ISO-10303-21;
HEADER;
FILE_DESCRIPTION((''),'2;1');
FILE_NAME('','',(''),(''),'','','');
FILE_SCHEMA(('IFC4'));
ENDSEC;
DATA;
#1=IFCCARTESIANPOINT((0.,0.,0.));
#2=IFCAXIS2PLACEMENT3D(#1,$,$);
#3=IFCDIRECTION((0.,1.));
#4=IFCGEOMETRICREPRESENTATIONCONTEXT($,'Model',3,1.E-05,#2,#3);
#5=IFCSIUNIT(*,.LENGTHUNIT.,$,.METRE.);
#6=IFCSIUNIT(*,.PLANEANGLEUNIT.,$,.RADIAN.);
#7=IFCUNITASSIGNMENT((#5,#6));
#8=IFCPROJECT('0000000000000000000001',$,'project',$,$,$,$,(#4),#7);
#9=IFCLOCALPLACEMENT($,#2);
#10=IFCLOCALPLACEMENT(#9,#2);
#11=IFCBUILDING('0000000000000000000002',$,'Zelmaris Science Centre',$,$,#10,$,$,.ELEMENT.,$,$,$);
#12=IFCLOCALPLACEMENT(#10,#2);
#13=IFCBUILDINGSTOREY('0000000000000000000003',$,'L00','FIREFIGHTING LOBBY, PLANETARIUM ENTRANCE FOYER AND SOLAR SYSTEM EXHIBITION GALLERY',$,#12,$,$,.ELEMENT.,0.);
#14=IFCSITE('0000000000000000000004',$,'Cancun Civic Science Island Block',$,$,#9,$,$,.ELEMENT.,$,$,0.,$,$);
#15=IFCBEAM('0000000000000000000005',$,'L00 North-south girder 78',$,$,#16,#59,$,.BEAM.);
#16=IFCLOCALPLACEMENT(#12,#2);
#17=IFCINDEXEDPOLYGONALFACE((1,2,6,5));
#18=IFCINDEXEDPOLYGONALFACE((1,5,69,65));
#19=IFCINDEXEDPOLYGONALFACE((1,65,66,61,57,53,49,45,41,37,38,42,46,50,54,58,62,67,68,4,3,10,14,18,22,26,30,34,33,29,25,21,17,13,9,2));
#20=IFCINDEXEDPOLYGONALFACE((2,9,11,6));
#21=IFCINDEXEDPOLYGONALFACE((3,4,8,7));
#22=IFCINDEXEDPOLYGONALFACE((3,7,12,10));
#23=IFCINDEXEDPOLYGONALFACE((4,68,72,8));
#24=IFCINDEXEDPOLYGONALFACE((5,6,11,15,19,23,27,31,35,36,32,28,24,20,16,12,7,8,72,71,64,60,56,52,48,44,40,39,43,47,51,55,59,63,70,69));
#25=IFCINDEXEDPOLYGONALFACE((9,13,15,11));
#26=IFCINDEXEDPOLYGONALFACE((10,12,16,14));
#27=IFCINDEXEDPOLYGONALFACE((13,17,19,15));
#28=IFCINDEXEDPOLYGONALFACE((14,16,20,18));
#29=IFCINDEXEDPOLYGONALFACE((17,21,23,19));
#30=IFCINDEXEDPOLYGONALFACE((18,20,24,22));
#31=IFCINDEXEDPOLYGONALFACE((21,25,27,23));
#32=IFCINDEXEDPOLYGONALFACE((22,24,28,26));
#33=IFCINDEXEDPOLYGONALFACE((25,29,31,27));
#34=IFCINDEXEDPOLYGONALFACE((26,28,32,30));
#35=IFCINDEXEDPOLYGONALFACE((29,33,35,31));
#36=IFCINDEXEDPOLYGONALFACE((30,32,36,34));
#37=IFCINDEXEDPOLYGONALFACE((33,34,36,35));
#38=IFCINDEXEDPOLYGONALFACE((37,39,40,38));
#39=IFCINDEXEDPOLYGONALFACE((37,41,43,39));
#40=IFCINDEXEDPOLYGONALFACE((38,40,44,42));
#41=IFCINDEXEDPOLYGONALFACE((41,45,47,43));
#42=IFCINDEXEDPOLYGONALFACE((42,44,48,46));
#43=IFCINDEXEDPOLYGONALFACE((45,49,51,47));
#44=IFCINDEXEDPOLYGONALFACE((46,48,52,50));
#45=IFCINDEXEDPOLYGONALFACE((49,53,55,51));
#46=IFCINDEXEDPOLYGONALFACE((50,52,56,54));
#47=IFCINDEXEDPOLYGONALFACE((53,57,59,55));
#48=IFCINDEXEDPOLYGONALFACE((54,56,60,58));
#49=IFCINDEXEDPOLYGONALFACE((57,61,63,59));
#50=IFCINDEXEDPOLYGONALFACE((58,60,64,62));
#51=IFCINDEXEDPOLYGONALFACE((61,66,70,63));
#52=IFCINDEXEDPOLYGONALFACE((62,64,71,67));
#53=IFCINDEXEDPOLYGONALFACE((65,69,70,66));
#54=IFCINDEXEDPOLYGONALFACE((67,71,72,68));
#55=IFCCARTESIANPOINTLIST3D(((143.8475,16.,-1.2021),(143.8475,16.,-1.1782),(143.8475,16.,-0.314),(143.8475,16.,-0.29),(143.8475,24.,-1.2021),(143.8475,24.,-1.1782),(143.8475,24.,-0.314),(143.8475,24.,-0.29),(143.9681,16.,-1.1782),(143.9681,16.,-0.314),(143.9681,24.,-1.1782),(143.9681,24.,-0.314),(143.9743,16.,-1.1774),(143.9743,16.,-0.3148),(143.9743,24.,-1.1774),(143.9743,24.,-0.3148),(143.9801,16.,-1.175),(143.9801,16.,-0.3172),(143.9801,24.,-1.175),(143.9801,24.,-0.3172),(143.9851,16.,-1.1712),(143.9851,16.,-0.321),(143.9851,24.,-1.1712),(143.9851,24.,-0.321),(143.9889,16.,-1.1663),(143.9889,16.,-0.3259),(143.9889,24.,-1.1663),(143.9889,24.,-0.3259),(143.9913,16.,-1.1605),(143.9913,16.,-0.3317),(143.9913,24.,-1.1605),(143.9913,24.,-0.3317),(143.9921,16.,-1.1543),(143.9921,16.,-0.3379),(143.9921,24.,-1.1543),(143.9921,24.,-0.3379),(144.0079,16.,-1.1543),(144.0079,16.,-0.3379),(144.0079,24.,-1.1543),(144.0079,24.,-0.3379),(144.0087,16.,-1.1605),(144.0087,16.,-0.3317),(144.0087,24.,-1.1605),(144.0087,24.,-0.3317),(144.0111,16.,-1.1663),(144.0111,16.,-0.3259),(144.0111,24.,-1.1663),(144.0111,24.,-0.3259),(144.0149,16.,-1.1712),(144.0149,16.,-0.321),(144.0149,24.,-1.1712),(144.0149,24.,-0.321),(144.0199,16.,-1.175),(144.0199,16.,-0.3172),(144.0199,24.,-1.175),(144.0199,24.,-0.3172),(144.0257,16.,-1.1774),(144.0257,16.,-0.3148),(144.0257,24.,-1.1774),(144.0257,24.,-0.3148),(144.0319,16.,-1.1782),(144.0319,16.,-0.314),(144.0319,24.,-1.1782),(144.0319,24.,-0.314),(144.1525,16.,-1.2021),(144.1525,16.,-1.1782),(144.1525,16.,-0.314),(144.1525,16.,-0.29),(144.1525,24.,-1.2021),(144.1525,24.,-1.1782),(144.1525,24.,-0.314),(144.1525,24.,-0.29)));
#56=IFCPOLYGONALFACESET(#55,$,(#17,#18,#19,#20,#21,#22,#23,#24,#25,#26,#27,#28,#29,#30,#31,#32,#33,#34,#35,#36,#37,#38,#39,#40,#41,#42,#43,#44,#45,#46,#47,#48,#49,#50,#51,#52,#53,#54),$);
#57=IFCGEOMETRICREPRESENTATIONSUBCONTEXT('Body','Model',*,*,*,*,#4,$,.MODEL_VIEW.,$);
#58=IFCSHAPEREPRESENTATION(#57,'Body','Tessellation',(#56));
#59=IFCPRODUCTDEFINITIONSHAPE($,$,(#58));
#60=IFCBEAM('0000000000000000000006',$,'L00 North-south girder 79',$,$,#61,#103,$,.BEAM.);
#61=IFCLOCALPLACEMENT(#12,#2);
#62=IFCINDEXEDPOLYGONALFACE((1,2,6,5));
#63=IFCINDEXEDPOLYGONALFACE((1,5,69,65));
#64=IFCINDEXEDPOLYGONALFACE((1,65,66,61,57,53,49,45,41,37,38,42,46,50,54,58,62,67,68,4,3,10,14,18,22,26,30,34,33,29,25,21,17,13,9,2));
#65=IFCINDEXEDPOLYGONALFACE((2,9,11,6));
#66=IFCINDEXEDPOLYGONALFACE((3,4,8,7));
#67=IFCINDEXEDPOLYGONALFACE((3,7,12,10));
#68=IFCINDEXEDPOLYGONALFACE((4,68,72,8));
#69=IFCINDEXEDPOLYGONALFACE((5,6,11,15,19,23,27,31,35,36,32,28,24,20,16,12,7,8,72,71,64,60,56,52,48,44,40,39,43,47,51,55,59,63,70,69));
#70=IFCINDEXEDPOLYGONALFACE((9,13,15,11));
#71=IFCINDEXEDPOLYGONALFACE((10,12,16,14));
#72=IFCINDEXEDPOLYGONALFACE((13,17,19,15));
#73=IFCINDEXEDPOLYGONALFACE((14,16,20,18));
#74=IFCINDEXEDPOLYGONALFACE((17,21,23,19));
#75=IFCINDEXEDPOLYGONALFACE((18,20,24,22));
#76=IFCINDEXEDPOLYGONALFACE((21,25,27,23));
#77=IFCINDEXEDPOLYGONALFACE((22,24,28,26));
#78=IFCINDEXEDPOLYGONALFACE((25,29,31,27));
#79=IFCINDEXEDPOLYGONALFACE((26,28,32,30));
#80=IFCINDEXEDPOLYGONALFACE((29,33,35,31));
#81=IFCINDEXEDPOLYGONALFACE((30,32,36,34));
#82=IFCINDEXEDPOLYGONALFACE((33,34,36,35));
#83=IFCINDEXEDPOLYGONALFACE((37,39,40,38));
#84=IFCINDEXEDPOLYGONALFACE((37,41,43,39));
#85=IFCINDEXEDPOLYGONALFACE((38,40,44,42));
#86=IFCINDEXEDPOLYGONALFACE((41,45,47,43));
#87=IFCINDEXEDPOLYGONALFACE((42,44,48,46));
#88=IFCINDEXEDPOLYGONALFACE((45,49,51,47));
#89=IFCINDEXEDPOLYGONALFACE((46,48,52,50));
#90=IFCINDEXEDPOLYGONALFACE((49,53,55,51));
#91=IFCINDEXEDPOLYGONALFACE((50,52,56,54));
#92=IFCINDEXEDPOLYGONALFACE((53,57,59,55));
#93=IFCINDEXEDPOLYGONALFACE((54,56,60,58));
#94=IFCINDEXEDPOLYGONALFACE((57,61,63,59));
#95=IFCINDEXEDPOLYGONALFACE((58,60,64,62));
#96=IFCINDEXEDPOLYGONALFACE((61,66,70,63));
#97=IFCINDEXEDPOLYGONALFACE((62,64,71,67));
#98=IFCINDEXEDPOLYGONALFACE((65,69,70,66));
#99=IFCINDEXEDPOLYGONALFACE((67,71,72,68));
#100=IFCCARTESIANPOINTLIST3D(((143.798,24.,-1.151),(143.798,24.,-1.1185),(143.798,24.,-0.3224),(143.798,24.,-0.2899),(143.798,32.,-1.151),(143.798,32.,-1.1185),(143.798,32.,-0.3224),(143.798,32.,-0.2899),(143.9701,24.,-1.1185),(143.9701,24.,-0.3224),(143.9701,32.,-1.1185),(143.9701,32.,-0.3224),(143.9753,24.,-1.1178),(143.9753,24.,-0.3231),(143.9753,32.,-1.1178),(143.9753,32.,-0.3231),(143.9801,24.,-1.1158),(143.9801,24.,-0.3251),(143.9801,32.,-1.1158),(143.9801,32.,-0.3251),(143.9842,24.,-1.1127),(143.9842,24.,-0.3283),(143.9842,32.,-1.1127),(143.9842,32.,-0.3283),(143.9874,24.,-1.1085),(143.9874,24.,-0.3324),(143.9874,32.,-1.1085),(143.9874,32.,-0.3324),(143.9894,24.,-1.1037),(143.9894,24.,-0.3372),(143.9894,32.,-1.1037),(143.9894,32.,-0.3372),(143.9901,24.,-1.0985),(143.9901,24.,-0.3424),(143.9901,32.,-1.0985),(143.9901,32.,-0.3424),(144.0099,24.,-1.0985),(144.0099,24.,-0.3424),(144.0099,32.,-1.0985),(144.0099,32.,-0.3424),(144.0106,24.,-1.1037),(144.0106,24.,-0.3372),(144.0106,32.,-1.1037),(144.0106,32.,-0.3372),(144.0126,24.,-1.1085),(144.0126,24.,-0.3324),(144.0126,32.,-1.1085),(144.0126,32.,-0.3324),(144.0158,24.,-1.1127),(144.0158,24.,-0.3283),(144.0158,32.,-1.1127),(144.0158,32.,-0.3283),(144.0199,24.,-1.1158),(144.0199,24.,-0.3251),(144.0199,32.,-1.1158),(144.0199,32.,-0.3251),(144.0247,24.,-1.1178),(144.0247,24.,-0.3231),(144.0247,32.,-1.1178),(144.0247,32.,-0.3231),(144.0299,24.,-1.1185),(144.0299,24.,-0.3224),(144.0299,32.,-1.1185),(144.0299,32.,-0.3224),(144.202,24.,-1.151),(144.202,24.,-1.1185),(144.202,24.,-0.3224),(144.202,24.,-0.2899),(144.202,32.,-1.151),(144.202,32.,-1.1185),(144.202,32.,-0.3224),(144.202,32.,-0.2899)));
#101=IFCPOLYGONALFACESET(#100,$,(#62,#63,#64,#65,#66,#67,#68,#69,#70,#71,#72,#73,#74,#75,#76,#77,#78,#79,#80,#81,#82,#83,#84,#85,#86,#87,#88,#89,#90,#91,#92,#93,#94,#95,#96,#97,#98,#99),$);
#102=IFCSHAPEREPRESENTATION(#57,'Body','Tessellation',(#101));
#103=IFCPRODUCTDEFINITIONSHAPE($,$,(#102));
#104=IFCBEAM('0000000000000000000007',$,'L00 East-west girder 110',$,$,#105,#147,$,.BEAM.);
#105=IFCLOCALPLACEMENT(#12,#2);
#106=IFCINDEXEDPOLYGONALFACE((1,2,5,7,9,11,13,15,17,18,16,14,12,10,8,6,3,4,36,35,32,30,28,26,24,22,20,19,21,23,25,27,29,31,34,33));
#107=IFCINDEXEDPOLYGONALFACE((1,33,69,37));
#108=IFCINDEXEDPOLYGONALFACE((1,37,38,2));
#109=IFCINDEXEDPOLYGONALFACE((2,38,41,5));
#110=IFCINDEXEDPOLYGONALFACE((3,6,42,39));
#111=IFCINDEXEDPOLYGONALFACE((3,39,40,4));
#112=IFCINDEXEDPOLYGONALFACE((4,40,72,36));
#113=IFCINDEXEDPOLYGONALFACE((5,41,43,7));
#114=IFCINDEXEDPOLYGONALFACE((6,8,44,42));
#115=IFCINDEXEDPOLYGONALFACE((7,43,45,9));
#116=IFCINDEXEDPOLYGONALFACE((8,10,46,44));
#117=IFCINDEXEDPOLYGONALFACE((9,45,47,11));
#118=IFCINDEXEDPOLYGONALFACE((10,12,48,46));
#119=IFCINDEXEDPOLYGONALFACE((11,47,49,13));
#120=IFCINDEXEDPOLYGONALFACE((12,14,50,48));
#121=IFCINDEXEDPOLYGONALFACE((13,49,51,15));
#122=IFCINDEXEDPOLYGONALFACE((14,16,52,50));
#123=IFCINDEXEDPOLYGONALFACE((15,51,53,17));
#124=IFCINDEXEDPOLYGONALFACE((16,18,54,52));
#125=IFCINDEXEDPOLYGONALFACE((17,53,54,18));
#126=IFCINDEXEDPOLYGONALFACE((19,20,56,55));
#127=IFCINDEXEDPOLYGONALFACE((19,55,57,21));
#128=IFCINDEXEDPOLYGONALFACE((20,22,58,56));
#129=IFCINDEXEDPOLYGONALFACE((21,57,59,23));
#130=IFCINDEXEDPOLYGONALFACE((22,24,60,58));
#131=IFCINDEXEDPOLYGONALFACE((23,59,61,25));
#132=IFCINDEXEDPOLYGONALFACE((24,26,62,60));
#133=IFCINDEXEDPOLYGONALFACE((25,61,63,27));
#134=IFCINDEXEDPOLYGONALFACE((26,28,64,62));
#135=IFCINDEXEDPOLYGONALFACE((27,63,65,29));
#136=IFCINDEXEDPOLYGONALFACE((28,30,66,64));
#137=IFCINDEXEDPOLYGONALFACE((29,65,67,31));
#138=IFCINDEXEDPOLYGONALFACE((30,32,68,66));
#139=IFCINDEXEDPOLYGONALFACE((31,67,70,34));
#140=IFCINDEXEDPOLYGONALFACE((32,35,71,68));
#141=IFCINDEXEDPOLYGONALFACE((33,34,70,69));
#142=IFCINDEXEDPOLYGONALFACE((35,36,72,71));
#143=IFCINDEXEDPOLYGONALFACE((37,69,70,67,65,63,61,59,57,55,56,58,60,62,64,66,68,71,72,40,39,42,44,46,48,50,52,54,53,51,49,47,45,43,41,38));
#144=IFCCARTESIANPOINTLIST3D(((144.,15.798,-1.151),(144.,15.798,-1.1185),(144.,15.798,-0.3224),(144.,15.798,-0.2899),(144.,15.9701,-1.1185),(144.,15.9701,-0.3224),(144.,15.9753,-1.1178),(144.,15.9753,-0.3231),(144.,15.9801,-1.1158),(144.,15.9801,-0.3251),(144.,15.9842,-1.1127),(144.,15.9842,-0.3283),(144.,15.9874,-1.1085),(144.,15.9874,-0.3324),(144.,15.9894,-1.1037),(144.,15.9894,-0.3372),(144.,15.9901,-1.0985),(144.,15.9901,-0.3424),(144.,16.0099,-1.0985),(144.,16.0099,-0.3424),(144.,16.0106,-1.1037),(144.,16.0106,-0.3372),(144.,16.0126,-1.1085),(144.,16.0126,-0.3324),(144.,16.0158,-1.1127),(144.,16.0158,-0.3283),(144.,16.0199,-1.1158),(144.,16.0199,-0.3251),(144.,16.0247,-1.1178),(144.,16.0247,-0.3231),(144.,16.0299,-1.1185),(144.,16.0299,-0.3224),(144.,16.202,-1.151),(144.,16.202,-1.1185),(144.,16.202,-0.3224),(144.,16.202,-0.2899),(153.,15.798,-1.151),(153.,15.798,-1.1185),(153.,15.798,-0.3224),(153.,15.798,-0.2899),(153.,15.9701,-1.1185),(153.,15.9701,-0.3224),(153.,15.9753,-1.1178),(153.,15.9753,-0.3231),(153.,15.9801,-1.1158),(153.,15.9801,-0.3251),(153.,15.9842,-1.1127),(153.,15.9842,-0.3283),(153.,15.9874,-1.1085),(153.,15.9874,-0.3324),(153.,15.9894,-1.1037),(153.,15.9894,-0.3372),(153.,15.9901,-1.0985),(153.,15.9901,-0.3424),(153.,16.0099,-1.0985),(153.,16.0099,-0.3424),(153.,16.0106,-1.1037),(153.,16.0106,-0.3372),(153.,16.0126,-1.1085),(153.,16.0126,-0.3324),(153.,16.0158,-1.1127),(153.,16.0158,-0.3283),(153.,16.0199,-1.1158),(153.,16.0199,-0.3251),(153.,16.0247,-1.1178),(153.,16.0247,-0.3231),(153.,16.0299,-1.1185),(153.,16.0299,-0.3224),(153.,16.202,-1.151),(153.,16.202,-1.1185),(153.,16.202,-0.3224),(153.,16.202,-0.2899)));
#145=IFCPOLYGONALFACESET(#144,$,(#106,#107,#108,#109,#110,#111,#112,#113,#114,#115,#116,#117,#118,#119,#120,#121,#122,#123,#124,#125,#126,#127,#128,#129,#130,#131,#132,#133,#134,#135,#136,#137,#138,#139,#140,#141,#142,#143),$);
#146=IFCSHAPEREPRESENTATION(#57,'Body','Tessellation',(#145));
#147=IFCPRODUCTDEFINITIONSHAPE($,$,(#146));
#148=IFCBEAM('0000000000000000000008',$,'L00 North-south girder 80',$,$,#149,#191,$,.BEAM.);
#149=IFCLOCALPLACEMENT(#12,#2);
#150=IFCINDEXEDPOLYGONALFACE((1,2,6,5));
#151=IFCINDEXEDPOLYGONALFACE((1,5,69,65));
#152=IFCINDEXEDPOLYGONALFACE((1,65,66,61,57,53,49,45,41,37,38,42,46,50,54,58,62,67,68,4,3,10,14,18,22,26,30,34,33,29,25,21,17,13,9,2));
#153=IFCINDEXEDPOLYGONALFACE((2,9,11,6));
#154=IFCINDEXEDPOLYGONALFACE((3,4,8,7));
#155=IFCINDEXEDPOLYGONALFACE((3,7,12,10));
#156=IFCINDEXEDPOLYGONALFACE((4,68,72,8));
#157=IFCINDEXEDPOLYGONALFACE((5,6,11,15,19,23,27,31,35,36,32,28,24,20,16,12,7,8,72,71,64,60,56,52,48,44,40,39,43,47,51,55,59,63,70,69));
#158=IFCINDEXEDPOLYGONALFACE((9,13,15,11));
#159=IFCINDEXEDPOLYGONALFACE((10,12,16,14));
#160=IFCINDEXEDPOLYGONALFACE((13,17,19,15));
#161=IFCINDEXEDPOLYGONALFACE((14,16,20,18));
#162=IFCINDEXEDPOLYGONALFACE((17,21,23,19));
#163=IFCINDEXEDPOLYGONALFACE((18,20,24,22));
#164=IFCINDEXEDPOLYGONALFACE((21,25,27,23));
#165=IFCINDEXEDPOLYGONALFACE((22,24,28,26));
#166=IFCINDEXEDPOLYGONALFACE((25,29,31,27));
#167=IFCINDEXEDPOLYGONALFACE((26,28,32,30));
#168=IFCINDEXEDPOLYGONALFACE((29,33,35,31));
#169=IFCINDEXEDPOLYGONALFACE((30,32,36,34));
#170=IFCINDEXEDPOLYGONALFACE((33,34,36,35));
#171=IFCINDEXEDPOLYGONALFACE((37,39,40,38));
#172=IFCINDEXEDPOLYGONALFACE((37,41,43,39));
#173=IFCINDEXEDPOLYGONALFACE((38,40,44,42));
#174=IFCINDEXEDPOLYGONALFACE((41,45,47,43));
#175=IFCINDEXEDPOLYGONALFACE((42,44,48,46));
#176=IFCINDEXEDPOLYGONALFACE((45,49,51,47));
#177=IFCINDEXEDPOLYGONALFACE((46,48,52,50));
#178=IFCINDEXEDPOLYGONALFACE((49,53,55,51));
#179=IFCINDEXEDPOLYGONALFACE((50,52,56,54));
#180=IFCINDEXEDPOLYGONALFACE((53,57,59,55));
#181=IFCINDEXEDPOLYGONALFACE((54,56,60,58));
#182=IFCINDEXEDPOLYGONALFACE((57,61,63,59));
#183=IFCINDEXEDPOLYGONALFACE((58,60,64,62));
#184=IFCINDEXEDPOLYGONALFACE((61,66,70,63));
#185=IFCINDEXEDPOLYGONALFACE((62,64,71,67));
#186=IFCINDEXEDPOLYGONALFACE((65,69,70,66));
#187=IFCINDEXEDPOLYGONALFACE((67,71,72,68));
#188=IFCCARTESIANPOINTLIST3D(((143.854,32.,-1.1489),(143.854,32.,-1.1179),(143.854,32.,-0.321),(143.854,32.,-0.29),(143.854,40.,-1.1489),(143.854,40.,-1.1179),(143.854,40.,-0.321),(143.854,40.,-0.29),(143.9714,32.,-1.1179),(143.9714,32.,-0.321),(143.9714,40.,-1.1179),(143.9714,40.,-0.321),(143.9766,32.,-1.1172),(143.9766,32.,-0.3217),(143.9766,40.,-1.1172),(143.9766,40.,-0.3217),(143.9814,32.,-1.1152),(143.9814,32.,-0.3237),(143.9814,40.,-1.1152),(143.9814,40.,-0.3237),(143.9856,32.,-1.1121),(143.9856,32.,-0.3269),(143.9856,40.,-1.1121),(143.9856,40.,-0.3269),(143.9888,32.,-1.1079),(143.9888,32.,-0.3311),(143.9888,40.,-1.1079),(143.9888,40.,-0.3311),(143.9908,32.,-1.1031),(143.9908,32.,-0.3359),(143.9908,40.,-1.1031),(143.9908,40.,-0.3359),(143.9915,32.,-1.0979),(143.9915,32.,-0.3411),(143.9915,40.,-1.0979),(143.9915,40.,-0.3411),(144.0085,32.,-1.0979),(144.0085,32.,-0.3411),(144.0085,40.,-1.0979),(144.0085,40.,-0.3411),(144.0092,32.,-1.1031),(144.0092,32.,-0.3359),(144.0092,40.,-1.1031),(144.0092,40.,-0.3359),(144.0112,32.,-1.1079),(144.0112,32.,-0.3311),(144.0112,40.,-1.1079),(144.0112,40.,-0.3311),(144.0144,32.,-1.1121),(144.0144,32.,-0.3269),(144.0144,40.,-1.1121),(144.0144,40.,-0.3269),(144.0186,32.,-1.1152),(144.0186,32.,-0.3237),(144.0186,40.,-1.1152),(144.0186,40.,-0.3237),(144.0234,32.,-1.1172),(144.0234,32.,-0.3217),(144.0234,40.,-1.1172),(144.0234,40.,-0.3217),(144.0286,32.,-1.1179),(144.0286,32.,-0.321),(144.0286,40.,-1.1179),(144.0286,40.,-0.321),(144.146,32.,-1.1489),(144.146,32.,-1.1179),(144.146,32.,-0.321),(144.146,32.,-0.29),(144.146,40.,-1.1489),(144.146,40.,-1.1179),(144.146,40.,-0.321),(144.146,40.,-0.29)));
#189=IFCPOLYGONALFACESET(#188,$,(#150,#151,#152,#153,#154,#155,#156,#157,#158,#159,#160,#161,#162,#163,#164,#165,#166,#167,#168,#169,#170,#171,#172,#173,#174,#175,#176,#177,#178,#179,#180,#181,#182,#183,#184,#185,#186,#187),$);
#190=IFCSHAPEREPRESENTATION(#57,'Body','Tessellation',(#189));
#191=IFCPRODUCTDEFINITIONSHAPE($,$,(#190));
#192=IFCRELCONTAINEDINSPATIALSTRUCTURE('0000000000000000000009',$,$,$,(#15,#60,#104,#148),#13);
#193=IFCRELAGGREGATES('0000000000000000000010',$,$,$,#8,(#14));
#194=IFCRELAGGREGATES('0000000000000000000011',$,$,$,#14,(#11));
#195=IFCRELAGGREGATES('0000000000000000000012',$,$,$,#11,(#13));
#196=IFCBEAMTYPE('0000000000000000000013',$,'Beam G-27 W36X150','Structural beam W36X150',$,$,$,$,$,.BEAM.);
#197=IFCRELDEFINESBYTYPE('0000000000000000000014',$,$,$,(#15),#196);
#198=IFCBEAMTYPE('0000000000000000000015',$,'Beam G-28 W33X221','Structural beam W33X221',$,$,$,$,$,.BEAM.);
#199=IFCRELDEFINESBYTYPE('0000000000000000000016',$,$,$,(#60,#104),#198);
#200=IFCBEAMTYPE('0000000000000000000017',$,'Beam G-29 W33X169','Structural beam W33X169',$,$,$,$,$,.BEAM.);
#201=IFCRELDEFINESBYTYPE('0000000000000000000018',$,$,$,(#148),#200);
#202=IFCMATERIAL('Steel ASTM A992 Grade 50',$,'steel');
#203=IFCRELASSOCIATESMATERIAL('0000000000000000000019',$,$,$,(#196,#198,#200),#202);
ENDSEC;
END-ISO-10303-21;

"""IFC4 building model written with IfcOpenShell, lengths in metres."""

from ifc_helpers import new_model, si_unit, direction, frame, origin, origin_2d, place, context, subcontext, project, spatial, i_section, extrude, material, material_profile, profile_set, type_object, element, save


model = new_model("IFC4")

# Units and contexts
model_context = context("Model", 3, precision=1e-05, world=origin(), true_north=direction((0.0, 1.0)))
body_context = subcontext(model_context, "Body", "Model", "MODEL_VIEW")
ifc_project = project(units=[si_unit("LENGTHUNIT", "METRE"), si_unit("PLANEANGLEUNIT", "RADIAN")], contexts=[model_context])

# Site, building, storey
site_placement = place(None, origin())
site = spatial("IfcSite", under=ifc_project, at=site_placement, Name="Cancun Civic Science Island Block", CompositionType="ELEMENT", RefElevation=0.0)
building_placement = place(site_placement, origin())
building = spatial("IfcBuilding", under=site, at=building_placement, Name="Zelmaris Science Centre", CompositionType="ELEMENT")
storey_placement = place(building_placement, origin())
storey = spatial("IfcBuildingStorey", under=building, at=storey_placement, Name="L00", Description="FIREFIGHTING LOBBY, PLANETARIUM ENTRANCE FOYER AND SOLAR SYSTEM EXHIBITION GALLERY", CompositionType="ELEMENT", Elevation=0.0)

# Shared definitions
ifc_material_1 = material(Name="Steel ASTM A992 Grade 50", Category="steel")

# Beams
ifc_material_profile_1 = material_profile(ifc_material_1, i_section(OverallWidth=0.3049, OverallDepth=0.9121, WebThickness=0.0159, FlangeThickness=0.0239, FilletRadius=0.0239, at=origin_2d()), Name="W36X150")
ifc_profile_set_1 = profile_set([ifc_material_profile_1], Name="Steel ASTM A992 Grade 50")
beam_type_1 = type_object("IfcBeamType", Name="Beam G-27 W36X150", Description="Structural beam W36X150", PredefinedType="BEAM", material=ifc_profile_set_1)
beam_1_placement = place(storey_placement, frame((144.0, 16.0, -0.7461), z_axis=(0.0, 1.0, 0.0), x_axis=(-1.0, 0.0, 0.0)))
element("IfcBeam", 1, at=beam_1_placement, inside=storey, type_object=beam_type_1, Name="L00 North-south girder 78", PredefinedType="BEAM", context=body_context, shape_type="SweptSolid", body=[
    extrude(i_section(OverallWidth=0.3049, OverallDepth=0.9121, WebThickness=0.0159, FlangeThickness=0.0239, FilletRadius=0.0239, at=origin_2d()), origin(), (0.0, 0.0, 1.0), 8.0),
])
ifc_material_profile_2 = material_profile(ifc_material_1, i_section(OverallWidth=0.4041, OverallDepth=0.8611, WebThickness=0.0198, FlangeThickness=0.0325, FilletRadius=0.02, at=origin_2d()), Name="W33X221")
ifc_profile_set_2 = profile_set([ifc_material_profile_2], Name="Steel ASTM A992 Grade 50")
beam_type_2 = type_object("IfcBeamType", Name="Beam G-28 W33X221", Description="Structural beam W33X221", PredefinedType="BEAM", material=ifc_profile_set_2)
beam_2_placement = place(storey_placement, frame((144.0, 24.0, -0.7205), z_axis=(0.0, 1.0, 0.0), x_axis=(-1.0, 0.0, 0.0)))
element("IfcBeam", 2, at=beam_2_placement, inside=storey, type_object=beam_type_2, Name="L00 North-south girder 79", PredefinedType="BEAM", context=body_context, shape_type="SweptSolid", body=[
    extrude(i_section(OverallWidth=0.4041, OverallDepth=0.8611, WebThickness=0.0198, FlangeThickness=0.0325, FilletRadius=0.02, at=origin_2d()), origin(), (0.0, 0.0, 1.0), 8.0),
])
beam_3_placement = place(storey_placement, frame((144.0, 16.0, -0.7205), z_axis=(1.0, 0.0, 0.0), x_axis=(0.0, 1.0, 0.0)))
element("IfcBeam", 3, at=beam_3_placement, inside=storey, type_object=beam_type_2, Name="L00 East-west girder 110", PredefinedType="BEAM", context=body_context, shape_type="SweptSolid", body=[
    extrude(i_section(OverallWidth=0.4041, OverallDepth=0.8611, WebThickness=0.0198, FlangeThickness=0.0325, FilletRadius=0.02, at=origin_2d()), origin(), (0.0, 0.0, 1.0), 9.0),
])
ifc_material_profile_3 = material_profile(ifc_material_1, i_section(OverallWidth=0.292, OverallDepth=0.8589, WebThickness=0.0171, FlangeThickness=0.031, FilletRadius=0.02, at=origin_2d()), Name="W33X169")
ifc_profile_set_3 = profile_set([ifc_material_profile_3], Name="Steel ASTM A992 Grade 50")
beam_type_3 = type_object("IfcBeamType", Name="Beam G-29 W33X169", Description="Structural beam W33X169", PredefinedType="BEAM", material=ifc_profile_set_3)
beam_4_placement = place(storey_placement, frame((144.0, 32.0, -0.7195), z_axis=(0.0, 1.0, 0.0), x_axis=(-1.0, 0.0, 0.0)))
element("IfcBeam", 4, at=beam_4_placement, inside=storey, type_object=beam_type_3, Name="L00 North-south girder 80", PredefinedType="BEAM", context=body_context, shape_type="SweptSolid", body=[
    extrude(i_section(OverallWidth=0.292, OverallDepth=0.8589, WebThickness=0.0171, FlangeThickness=0.031, FilletRadius=0.02, at=origin_2d()), origin(), (0.0, 0.0, 1.0), 8.0),
])

save(model, "model.ifc")
